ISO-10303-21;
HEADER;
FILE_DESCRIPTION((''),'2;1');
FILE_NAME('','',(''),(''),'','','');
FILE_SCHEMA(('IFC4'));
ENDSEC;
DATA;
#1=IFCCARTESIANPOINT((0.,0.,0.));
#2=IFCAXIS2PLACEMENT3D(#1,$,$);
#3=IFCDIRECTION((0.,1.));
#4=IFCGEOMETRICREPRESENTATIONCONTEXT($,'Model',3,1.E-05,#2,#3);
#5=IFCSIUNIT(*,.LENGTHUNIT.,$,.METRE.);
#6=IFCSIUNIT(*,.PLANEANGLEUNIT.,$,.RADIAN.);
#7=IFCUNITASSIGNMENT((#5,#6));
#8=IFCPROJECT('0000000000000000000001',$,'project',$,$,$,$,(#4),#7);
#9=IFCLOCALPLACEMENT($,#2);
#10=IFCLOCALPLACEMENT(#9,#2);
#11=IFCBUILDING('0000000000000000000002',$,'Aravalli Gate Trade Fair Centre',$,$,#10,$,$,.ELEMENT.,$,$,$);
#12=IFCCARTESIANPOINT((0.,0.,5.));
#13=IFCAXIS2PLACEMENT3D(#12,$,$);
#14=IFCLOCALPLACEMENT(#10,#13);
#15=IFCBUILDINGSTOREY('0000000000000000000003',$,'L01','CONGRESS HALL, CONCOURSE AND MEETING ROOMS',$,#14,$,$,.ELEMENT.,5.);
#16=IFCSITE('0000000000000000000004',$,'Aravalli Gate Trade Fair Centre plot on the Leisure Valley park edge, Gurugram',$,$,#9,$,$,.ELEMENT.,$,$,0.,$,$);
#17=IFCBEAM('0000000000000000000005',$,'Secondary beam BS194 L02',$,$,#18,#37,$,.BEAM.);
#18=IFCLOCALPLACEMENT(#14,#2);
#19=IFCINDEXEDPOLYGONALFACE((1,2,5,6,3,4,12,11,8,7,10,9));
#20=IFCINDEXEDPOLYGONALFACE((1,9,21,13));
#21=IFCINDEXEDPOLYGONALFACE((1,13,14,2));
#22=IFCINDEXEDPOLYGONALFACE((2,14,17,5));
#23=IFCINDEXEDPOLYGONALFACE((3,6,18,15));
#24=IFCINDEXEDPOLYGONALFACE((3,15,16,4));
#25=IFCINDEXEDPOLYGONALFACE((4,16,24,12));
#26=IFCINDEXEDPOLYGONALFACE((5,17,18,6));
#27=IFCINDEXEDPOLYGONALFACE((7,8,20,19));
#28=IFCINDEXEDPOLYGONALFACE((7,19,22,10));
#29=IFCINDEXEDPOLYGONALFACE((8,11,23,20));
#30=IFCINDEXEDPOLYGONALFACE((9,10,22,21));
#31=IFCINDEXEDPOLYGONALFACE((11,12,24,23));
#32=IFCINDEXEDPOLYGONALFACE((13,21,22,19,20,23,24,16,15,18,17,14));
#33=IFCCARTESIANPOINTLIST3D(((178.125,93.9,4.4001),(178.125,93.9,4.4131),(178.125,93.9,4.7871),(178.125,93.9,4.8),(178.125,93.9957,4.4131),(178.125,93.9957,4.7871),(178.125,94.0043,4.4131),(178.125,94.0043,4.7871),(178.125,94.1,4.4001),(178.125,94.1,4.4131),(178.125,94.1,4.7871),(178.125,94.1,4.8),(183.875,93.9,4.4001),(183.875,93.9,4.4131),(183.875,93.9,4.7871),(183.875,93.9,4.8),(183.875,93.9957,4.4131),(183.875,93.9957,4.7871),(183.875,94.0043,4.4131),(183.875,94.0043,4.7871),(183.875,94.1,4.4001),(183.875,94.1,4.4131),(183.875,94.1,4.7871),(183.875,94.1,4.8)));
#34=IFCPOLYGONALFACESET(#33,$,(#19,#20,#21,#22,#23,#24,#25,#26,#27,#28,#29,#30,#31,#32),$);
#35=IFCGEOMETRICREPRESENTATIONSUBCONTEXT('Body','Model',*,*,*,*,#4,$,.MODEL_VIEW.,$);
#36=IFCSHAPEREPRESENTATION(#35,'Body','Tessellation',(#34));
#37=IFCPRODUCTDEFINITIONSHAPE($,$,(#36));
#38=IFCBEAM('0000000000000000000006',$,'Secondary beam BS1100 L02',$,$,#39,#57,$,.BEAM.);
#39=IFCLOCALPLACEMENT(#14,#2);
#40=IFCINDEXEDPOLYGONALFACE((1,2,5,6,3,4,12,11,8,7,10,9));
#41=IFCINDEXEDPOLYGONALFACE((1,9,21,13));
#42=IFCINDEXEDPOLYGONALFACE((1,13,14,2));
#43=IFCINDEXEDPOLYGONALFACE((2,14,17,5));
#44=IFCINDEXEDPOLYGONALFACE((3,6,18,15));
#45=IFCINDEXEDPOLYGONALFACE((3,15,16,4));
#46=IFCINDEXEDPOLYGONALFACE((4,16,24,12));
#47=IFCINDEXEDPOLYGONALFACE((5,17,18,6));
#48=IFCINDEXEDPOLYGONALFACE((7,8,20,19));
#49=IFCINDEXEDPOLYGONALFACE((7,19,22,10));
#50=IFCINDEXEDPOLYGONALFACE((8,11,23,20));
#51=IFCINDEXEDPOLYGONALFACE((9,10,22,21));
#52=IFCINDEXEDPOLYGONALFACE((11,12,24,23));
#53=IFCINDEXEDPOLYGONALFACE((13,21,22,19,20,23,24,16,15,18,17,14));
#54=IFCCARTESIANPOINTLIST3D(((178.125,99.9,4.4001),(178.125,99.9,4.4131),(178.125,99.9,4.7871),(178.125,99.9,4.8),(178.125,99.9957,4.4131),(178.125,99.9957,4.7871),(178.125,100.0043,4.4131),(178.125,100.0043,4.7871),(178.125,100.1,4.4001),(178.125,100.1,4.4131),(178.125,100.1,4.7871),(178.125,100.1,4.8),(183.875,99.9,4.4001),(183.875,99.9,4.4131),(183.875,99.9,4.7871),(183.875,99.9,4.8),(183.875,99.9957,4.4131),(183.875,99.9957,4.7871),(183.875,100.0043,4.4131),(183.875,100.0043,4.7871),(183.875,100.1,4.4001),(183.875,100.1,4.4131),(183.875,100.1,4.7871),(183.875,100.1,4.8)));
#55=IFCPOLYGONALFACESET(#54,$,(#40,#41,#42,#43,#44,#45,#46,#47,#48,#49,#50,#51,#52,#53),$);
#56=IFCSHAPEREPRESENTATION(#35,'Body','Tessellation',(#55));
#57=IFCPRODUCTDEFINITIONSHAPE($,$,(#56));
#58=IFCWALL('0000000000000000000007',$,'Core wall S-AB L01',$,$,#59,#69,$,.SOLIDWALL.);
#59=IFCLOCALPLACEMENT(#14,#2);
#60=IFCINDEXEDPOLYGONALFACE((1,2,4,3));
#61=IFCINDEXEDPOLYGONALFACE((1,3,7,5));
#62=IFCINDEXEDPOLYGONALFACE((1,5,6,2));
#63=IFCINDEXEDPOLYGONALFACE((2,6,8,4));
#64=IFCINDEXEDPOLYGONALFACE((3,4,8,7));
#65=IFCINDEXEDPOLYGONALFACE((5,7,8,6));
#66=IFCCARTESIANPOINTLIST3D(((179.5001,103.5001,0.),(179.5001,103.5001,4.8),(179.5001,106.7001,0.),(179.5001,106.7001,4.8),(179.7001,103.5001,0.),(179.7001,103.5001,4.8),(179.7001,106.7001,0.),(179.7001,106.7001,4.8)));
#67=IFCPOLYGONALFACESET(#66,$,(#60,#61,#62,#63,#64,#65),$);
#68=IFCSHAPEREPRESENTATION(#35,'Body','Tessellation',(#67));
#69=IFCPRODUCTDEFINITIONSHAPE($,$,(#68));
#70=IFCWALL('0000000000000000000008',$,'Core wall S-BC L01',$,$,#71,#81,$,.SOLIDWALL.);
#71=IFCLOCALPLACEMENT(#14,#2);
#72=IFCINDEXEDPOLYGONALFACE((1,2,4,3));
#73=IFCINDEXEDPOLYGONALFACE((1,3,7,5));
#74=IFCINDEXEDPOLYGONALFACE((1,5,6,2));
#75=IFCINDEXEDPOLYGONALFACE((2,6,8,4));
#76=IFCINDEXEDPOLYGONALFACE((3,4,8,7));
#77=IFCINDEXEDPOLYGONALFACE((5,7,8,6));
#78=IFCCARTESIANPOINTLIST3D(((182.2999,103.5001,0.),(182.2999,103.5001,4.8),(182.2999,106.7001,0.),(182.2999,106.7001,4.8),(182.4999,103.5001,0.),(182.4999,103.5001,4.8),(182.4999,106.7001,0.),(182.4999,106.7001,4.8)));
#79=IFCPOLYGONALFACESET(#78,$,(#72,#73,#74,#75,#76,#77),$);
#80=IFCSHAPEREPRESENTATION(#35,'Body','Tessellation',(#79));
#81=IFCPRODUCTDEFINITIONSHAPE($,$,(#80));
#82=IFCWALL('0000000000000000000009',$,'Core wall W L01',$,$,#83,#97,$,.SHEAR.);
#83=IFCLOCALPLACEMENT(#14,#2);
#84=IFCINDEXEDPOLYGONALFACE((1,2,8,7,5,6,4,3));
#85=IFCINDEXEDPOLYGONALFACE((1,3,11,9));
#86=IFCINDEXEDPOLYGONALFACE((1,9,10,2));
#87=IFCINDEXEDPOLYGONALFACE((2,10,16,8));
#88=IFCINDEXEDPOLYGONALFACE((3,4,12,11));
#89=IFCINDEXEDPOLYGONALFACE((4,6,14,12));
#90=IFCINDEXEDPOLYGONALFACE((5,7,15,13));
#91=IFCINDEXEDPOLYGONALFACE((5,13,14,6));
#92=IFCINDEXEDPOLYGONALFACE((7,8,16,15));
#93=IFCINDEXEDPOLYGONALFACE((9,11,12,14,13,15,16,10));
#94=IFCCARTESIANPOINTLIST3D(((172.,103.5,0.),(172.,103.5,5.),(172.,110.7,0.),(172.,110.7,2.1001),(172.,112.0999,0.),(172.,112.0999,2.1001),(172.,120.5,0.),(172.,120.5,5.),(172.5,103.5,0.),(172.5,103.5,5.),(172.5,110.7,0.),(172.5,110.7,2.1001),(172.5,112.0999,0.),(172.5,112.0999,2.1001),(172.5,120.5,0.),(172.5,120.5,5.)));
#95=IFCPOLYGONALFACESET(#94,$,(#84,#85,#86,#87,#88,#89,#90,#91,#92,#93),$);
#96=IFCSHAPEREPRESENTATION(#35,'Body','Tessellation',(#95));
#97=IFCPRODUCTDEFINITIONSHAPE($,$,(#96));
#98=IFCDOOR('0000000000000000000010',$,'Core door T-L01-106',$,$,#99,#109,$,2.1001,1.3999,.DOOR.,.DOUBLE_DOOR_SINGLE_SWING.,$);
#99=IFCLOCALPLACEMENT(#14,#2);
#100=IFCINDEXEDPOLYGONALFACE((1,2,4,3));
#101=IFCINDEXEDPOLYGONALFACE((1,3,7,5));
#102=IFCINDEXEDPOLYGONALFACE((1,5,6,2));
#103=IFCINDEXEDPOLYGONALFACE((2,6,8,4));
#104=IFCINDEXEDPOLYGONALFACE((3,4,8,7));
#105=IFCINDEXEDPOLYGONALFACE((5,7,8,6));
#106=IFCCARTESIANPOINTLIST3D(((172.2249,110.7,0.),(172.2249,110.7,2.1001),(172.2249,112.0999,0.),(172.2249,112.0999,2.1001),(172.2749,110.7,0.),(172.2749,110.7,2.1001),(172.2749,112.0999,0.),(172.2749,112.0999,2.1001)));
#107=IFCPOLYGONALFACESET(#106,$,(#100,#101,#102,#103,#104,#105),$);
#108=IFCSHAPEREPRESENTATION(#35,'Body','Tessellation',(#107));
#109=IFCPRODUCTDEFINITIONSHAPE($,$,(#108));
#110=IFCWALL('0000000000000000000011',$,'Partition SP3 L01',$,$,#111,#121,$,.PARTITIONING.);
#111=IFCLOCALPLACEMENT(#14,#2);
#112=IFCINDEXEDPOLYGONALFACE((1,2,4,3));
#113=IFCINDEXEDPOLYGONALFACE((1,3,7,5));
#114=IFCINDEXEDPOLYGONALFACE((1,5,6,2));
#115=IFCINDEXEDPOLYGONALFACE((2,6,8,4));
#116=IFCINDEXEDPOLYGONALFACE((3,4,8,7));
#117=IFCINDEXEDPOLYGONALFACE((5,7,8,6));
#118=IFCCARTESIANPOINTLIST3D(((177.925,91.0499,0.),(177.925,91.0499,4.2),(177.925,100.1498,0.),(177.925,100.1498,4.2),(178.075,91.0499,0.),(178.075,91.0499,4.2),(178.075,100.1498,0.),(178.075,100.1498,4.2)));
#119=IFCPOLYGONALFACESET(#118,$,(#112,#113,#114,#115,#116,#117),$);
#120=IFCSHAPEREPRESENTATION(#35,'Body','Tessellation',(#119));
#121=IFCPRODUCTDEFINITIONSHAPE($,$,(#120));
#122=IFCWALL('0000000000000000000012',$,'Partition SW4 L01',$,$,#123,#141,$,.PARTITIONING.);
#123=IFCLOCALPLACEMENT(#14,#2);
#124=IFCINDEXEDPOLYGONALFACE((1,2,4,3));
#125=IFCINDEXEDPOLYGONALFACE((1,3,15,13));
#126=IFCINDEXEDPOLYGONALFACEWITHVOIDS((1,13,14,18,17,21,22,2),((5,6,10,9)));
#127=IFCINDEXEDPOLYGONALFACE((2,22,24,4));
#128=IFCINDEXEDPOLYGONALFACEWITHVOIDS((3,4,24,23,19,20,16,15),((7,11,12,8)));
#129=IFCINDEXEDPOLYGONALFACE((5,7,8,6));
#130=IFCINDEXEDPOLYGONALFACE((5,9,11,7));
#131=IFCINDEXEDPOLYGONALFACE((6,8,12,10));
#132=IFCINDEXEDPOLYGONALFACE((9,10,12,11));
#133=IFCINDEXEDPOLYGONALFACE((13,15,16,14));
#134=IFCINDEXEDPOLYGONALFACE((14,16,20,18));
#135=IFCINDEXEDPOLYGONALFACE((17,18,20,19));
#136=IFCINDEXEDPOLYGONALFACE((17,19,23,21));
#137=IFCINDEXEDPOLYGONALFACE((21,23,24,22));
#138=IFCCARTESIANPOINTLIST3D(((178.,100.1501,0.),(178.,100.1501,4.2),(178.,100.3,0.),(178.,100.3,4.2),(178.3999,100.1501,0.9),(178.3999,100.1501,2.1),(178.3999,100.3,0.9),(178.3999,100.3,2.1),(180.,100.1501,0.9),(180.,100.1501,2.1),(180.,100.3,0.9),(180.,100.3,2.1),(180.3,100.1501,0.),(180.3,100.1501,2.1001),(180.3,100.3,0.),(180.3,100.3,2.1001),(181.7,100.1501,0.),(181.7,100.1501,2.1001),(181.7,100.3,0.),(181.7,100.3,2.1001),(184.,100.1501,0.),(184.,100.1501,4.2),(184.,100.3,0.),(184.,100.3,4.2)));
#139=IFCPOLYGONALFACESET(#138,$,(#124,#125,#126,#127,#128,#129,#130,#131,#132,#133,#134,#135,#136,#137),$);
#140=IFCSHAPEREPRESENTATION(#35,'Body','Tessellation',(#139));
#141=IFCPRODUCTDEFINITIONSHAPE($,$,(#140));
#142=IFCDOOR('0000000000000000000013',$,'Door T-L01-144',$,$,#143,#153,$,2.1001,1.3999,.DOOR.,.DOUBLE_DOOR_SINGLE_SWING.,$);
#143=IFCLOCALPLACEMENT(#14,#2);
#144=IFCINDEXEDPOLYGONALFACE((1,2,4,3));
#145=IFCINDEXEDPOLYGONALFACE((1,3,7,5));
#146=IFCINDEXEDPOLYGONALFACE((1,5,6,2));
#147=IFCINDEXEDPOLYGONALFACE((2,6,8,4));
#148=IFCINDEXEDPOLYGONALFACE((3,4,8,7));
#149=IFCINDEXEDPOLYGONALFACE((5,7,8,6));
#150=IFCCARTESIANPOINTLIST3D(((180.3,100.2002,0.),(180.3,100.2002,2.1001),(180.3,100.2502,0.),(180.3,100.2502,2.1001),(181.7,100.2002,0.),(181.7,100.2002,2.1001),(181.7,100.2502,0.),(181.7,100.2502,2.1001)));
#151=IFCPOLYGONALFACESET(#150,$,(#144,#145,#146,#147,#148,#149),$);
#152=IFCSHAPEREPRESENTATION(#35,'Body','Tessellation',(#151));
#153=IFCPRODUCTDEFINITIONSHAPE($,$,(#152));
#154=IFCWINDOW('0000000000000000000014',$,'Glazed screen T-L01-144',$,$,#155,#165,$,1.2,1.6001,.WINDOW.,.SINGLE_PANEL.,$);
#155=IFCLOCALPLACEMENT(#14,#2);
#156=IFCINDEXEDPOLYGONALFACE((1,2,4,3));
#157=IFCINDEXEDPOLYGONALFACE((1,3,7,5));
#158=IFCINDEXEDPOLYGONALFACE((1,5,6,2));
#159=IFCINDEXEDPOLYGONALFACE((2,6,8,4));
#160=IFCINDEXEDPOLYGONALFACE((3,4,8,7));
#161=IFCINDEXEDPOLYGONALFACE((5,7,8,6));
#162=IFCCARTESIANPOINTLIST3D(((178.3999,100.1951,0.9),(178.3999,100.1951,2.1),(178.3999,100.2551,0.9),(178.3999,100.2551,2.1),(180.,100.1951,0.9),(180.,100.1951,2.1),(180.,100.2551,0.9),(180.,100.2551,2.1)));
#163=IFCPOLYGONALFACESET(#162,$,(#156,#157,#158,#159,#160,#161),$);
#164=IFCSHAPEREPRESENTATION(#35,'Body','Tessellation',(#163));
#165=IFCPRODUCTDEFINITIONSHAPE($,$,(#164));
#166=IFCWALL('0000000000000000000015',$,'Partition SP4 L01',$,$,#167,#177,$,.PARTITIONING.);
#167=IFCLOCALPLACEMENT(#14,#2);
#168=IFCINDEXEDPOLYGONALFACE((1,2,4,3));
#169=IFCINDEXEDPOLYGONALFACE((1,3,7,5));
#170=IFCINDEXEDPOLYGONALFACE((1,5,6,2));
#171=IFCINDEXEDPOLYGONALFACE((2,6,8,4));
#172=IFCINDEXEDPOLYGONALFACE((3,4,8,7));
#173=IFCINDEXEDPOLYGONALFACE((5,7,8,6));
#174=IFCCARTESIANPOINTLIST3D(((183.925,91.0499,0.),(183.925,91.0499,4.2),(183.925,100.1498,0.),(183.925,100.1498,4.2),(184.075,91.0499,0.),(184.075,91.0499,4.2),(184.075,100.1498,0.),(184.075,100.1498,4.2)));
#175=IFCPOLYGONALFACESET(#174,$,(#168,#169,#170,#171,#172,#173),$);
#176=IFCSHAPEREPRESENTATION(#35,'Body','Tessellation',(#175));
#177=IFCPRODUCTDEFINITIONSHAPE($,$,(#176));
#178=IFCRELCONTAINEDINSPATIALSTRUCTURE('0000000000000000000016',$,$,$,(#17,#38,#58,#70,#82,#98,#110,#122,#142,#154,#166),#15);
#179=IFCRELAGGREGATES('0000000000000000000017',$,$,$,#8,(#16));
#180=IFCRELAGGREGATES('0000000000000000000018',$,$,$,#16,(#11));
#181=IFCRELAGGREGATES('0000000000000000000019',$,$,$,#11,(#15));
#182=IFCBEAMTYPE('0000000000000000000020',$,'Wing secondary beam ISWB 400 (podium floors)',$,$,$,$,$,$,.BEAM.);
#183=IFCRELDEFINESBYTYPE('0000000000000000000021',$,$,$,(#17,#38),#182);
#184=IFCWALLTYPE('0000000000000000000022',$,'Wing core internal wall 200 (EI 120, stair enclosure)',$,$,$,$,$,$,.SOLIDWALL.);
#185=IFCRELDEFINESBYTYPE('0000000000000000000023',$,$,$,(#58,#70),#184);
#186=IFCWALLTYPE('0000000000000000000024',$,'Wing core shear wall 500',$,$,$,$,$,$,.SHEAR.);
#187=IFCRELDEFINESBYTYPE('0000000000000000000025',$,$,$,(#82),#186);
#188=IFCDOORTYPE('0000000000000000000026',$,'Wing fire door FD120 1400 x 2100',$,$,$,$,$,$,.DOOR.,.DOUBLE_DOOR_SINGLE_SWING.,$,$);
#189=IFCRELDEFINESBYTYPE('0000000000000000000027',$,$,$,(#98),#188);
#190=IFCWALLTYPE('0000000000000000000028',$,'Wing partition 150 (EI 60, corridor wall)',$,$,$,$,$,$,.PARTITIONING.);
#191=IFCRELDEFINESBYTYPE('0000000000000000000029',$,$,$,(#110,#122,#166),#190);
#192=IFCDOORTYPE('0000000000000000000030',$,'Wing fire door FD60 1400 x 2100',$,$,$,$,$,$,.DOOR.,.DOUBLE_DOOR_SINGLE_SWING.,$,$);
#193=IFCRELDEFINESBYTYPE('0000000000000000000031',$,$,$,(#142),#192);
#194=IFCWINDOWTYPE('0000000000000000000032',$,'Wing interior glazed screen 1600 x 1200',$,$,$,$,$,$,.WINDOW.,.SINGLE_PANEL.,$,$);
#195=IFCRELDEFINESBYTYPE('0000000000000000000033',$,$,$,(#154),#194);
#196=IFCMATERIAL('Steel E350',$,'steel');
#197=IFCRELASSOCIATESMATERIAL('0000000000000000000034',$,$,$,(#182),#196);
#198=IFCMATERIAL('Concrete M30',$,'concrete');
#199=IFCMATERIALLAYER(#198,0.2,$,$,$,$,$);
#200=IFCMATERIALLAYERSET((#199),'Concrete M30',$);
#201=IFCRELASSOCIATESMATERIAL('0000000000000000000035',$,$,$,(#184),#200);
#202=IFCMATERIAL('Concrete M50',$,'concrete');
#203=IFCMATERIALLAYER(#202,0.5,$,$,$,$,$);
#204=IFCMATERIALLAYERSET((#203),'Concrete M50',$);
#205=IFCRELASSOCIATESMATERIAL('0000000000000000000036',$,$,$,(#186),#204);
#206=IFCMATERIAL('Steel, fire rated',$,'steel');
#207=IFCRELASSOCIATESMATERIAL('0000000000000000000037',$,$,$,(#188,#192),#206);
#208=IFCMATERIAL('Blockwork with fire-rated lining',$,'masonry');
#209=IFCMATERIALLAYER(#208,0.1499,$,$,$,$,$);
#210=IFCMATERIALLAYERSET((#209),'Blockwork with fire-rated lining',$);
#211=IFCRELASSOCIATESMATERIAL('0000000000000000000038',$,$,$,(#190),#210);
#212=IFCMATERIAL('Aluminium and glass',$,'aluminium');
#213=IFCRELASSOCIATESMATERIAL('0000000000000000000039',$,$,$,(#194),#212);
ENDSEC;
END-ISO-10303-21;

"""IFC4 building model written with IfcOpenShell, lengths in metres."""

from ifc_helpers import new_model, si_unit, direction, frame, frame_2d, origin, origin_2d, place, context, subcontext, project, spatial, rectangle, i_section, extrude, material, layer, layer_set, material_profile, profile_set, type_object, element, fill, save


model = new_model("IFC4")

# Units and contexts
model_context = context("Model", 3, precision=1e-05, world=origin(), true_north=direction((0.0, 1.0)))
body_context = subcontext(model_context, "Body", "Model", "MODEL_VIEW")
ifc_project = project(units=[si_unit("LENGTHUNIT", "METRE"), si_unit("PLANEANGLEUNIT", "RADIAN")], contexts=[model_context])

# Site, building, storey
site_placement = place(None, origin())
site = spatial("IfcSite", under=ifc_project, at=site_placement, Name="Aravalli Gate Trade Fair Centre plot on the Leisure Valley park edge, Gurugram", CompositionType="ELEMENT", RefElevation=0.0)
building_placement = place(site_placement, origin())
building = spatial("IfcBuilding", under=site, at=building_placement, Name="Aravalli Gate Trade Fair Centre", CompositionType="ELEMENT")
storey_placement = place(building_placement, frame((0.0, 0.0, 5.0)))
storey = spatial("IfcBuildingStorey", under=building, at=storey_placement, Name="L01", Description="CONGRESS HALL, CONCOURSE AND MEETING ROOMS", CompositionType="ELEMENT", Elevation=5.0)

# Shared definitions
ifc_material_1 = material(Name="Steel E350", Category="steel")

# Beams
ifc_material_profile_1 = material_profile(ifc_material_1, i_section(OverallWidth=0.2, OverallDepth=0.3999, WebThickness=0.0085, FlangeThickness=0.0129, at=origin_2d()), Name="ISWB 400")
ifc_profile_set_1 = profile_set([ifc_material_profile_1], Name="Steel E350")
beam_type_1 = type_object("IfcBeamType", Name="Wing secondary beam ISWB 400 (podium floors)", PredefinedType="BEAM", material=ifc_profile_set_1)
for number, where, z_axis, x_axis, name in (
    (1, (178.125, 94.0, 4.6001), (1.0, 0.0, 0.0), (0.0, 1.0, 0.0), "Secondary beam BS194 L02"),
    (2, (178.125, 100.0, 4.6001), (1.0, 0.0, 0.0), (0.0, 1.0, 0.0), "Secondary beam BS1100 L02"),
):
    element("IfcBeam", number, at=place(storey_placement, frame(where, z_axis=z_axis, x_axis=x_axis)), inside=storey, type_object=beam_type_1, Name=name, PredefinedType="BEAM", context=body_context, shape_type="SweptSolid", body=[
        extrude(i_section(OverallWidth=0.2, OverallDepth=0.3999, WebThickness=0.0085, FlangeThickness=0.0129, at=origin_2d()), origin(), (0.0, 0.0, 1.0), 5.75),
    ])

# Walls
ifc_material_2 = material(Name="Concrete M30", Category="concrete")
ifc_layer_1 = layer(ifc_material_2, 0.2)
ifc_layer_set_1 = layer_set([ifc_layer_1], Name="Concrete M30")
wall_type_1 = type_object("IfcWallType", Name="Wing core internal wall 200 (EI 120, stair enclosure)", PredefinedType="SOLIDWALL", material=ifc_layer_set_1)
for number, where, z_axis, x_axis, name in (
    (3, (179.6001, 103.5, 0.0), (0.0, 0.0, 1.0), (0.0, 1.0, 0.0), "Core wall S-AB L01"),
    (4, (182.3999, 103.5, 0.0), (0.0, 0.0, 1.0), (0.0, 1.0, 0.0), "Core wall S-BC L01"),
):
    element("IfcWall", number, at=place(storey_placement, frame(where, z_axis=z_axis, x_axis=x_axis)), inside=storey, type_object=wall_type_1, Name=name, PredefinedType="SOLIDWALL", context=body_context, shape_type="SweptSolid", body=[
        extrude(rectangle(XDim=3.2, YDim=0.2, at=frame_2d((1.6001, 0.0))), origin(), (0.0, 0.0, 1.0), 4.8),
    ])

# Wall, opening, door
ifc_material_3 = material(Name="Concrete M50", Category="concrete")
ifc_layer_2 = layer(ifc_material_3, 0.5)
ifc_layer_set_2 = layer_set([ifc_layer_2], Name="Concrete M50")
wall_type_2 = type_object("IfcWallType", Name="Wing core shear wall 500", PredefinedType="SHEAR", material=ifc_layer_set_2)
wall_1_placement = place(storey_placement, frame((172.25, 103.5, 0.0), z_axis=(0.0, 0.0, 1.0), x_axis=(0.0, 1.0, 0.0)))
wall_1 = element("IfcWall", 5, at=wall_1_placement, inside=storey, type_object=wall_type_2, Name="Core wall W L01", PredefinedType="SHEAR", context=body_context, shape_type="SweptSolid", body=[
    extrude(rectangle(XDim=17.0, YDim=0.5, at=frame_2d((8.5, 0.0))), origin(), (0.0, 0.0, 1.0), 5.0),
])
opening_1_placement = place(wall_1_placement, frame((7.2, 0.0, 0.0)))
opening_1 = element("IfcOpeningElement", 6, at=opening_1_placement, cuts=wall_1, PredefinedType="OPENING", context=body_context, shape_type="SweptSolid", body=[
    extrude(rectangle(XDim=1.3999, YDim=2.1001, at=frame_2d((0.7, 1.05))), frame((0.0, 0.26, 0.0), z_axis=(0.0, -1.0, 0.0), x_axis=(1.0, 0.0, 0.0)), (0.0, 0.0, 1.0), 0.52),
])
ifc_material_4 = material(Name="Steel, fire rated", Category="steel")
door_type_1 = type_object("IfcDoorType", Name="Wing fire door FD120 1400 x 2100", OperationType="DOUBLE_DOOR_SINGLE_SWING", PredefinedType="DOOR", material=ifc_material_4)
door_1_placement = place(opening_1_placement, frame((1.3999, 0.0, 0.0), z_axis=(0.0, 0.0, 1.0), x_axis=(-1.0, 0.0, 0.0)))
door_1 = element("IfcDoor", 7, at=door_1_placement, inside=storey, type_object=door_type_1, Name="Core door T-L01-106", OperationType="DOUBLE_DOOR_SINGLE_SWING", OverallHeight=2.1001, OverallWidth=1.3999, PredefinedType="DOOR", context=body_context, shape_type="SweptSolid", body=[
    extrude(rectangle(XDim=1.3999, YDim=2.1001, at=frame_2d((0.7, 1.05))), frame((0.0, 0.0249, 0.0), z_axis=(0.0, -1.0, 0.0), x_axis=(1.0, 0.0, 0.0)), (0.0, 0.0, 1.0), 0.05),
])
fill(opening_1, door_1)

# Wall
ifc_material_5 = material(Name="Blockwork with fire-rated lining", Category="masonry")
ifc_layer_3 = layer(ifc_material_5, 0.1499)
ifc_layer_set_3 = layer_set([ifc_layer_3], Name="Blockwork with fire-rated lining")
wall_type_3 = type_object("IfcWallType", Name="Wing partition 150 (EI 60, corridor wall)", PredefinedType="PARTITIONING", material=ifc_layer_set_3)
wall_2_placement = place(storey_placement, frame((178.0, 91.05, 0.0), z_axis=(0.0, 0.0, 1.0), x_axis=(0.0, 1.0, 0.0)))
element("IfcWall", 8, at=wall_2_placement, inside=storey, type_object=wall_type_3, Name="Partition SP3 L01", PredefinedType="PARTITIONING", context=body_context, shape_type="SweptSolid", body=[
    extrude(rectangle(XDim=9.0999, YDim=0.1499, at=frame_2d((4.5498, 0.0))), origin(), (0.0, 0.0, 1.0), 4.2),
])

# Wall, openings, door, window
wall_3_placement = place(storey_placement, frame((178.0, 100.2251, 0.0), z_axis=(0.0, 0.0, 1.0), x_axis=(1.0, 0.0, 0.0)))
wall_3 = element("IfcWall", 9, at=wall_3_placement, inside=storey, type_object=wall_type_3, Name="Partition SW4 L01", PredefinedType="PARTITIONING", context=body_context, shape_type="SweptSolid", body=[
    extrude(rectangle(XDim=6.0, YDim=0.1499, at=frame_2d((3.0, 0.0))), origin(), (0.0, 0.0, 1.0), 4.2),
])
opening_2_placement = place(wall_3_placement, frame((0.3999, 0.0, 0.8999)))
opening_2 = element("IfcOpeningElement", 10, at=opening_2_placement, cuts=wall_3, PredefinedType="OPENING", context=body_context, shape_type="SweptSolid", body=[
    extrude(rectangle(XDim=1.6001, YDim=1.2, at=frame_2d((0.8, 0.6001))), frame((0.0, 0.085, 0.0), z_axis=(0.0, -1.0, 0.0), x_axis=(1.0, 0.0, 0.0)), (0.0, 0.0, 1.0), 0.1699),
])
opening_3_placement = place(wall_3_placement, frame((2.3, 0.0, 0.0)))
opening_3 = element("IfcOpeningElement", 11, at=opening_3_placement, cuts=wall_3, PredefinedType="OPENING", context=body_context, shape_type="SweptSolid", body=[
    extrude(rectangle(XDim=1.3999, YDim=2.1001, at=frame_2d((0.7, 1.05))), frame((0.0, 0.085, 0.0), z_axis=(0.0, -1.0, 0.0), x_axis=(1.0, 0.0, 0.0)), (0.0, 0.0, 1.0), 0.1699),
])
door_type_2 = type_object("IfcDoorType", Name="Wing fire door FD60 1400 x 2100", OperationType="DOUBLE_DOOR_SINGLE_SWING", PredefinedType="DOOR", material=ifc_material_4)
door_2_placement = place(opening_3_placement, frame((1.3999, 0.0, 0.0), z_axis=(0.0, 0.0, 1.0), x_axis=(-1.0, 0.0, 0.0)))
door_2 = element("IfcDoor", 12, at=door_2_placement, inside=storey, type_object=door_type_2, Name="Door T-L01-144", OperationType="DOUBLE_DOOR_SINGLE_SWING", OverallHeight=2.1001, OverallWidth=1.3999, PredefinedType="DOOR", context=body_context, shape_type="SweptSolid", body=[
    extrude(rectangle(XDim=1.3999, YDim=2.1001, at=frame_2d((0.7, 1.05))), frame((0.0, 0.0249, 0.0), z_axis=(0.0, -1.0, 0.0), x_axis=(1.0, 0.0, 0.0)), (0.0, 0.0, 1.0), 0.05),
])
fill(opening_3, door_2)
ifc_material_6 = material(Name="Aluminium and glass", Category="aluminium")
window_type = type_object("IfcWindowType", Name="Wing interior glazed screen 1600 x 1200", PartitioningType="SINGLE_PANEL", PredefinedType="WINDOW", material=ifc_material_6)
window_1_placement = place(opening_2_placement, origin())
window_1 = element("IfcWindow", 13, at=window_1_placement, inside=storey, type_object=window_type, Name="Glazed screen T-L01-144", OverallHeight=1.2, OverallWidth=1.6001, PartitioningType="SINGLE_PANEL", PredefinedType="WINDOW", context=body_context, shape_type="SweptSolid", body=[
    extrude(rectangle(XDim=1.6001, YDim=1.2, at=frame_2d((0.8, 0.6001))), frame((0.0, 0.03, 0.0), z_axis=(0.0, -1.0, 0.0), x_axis=(1.0, 0.0, 0.0)), (0.0, 0.0, 1.0), 0.0601),
])
fill(opening_2, window_1)

# Wall
wall_4_placement = place(storey_placement, frame((184.0, 91.05, 0.0), z_axis=(0.0, 0.0, 1.0), x_axis=(0.0, 1.0, 0.0)))
element("IfcWall", 14, at=wall_4_placement, inside=storey, type_object=wall_type_3, Name="Partition SP4 L01", PredefinedType="PARTITIONING", context=body_context, shape_type="SweptSolid", body=[
    extrude(rectangle(XDim=9.0999, YDim=0.1499, at=frame_2d((4.5498, 0.0))), origin(), (0.0, 0.0, 1.0), 4.2),
])

save(model, "model.ifc")
